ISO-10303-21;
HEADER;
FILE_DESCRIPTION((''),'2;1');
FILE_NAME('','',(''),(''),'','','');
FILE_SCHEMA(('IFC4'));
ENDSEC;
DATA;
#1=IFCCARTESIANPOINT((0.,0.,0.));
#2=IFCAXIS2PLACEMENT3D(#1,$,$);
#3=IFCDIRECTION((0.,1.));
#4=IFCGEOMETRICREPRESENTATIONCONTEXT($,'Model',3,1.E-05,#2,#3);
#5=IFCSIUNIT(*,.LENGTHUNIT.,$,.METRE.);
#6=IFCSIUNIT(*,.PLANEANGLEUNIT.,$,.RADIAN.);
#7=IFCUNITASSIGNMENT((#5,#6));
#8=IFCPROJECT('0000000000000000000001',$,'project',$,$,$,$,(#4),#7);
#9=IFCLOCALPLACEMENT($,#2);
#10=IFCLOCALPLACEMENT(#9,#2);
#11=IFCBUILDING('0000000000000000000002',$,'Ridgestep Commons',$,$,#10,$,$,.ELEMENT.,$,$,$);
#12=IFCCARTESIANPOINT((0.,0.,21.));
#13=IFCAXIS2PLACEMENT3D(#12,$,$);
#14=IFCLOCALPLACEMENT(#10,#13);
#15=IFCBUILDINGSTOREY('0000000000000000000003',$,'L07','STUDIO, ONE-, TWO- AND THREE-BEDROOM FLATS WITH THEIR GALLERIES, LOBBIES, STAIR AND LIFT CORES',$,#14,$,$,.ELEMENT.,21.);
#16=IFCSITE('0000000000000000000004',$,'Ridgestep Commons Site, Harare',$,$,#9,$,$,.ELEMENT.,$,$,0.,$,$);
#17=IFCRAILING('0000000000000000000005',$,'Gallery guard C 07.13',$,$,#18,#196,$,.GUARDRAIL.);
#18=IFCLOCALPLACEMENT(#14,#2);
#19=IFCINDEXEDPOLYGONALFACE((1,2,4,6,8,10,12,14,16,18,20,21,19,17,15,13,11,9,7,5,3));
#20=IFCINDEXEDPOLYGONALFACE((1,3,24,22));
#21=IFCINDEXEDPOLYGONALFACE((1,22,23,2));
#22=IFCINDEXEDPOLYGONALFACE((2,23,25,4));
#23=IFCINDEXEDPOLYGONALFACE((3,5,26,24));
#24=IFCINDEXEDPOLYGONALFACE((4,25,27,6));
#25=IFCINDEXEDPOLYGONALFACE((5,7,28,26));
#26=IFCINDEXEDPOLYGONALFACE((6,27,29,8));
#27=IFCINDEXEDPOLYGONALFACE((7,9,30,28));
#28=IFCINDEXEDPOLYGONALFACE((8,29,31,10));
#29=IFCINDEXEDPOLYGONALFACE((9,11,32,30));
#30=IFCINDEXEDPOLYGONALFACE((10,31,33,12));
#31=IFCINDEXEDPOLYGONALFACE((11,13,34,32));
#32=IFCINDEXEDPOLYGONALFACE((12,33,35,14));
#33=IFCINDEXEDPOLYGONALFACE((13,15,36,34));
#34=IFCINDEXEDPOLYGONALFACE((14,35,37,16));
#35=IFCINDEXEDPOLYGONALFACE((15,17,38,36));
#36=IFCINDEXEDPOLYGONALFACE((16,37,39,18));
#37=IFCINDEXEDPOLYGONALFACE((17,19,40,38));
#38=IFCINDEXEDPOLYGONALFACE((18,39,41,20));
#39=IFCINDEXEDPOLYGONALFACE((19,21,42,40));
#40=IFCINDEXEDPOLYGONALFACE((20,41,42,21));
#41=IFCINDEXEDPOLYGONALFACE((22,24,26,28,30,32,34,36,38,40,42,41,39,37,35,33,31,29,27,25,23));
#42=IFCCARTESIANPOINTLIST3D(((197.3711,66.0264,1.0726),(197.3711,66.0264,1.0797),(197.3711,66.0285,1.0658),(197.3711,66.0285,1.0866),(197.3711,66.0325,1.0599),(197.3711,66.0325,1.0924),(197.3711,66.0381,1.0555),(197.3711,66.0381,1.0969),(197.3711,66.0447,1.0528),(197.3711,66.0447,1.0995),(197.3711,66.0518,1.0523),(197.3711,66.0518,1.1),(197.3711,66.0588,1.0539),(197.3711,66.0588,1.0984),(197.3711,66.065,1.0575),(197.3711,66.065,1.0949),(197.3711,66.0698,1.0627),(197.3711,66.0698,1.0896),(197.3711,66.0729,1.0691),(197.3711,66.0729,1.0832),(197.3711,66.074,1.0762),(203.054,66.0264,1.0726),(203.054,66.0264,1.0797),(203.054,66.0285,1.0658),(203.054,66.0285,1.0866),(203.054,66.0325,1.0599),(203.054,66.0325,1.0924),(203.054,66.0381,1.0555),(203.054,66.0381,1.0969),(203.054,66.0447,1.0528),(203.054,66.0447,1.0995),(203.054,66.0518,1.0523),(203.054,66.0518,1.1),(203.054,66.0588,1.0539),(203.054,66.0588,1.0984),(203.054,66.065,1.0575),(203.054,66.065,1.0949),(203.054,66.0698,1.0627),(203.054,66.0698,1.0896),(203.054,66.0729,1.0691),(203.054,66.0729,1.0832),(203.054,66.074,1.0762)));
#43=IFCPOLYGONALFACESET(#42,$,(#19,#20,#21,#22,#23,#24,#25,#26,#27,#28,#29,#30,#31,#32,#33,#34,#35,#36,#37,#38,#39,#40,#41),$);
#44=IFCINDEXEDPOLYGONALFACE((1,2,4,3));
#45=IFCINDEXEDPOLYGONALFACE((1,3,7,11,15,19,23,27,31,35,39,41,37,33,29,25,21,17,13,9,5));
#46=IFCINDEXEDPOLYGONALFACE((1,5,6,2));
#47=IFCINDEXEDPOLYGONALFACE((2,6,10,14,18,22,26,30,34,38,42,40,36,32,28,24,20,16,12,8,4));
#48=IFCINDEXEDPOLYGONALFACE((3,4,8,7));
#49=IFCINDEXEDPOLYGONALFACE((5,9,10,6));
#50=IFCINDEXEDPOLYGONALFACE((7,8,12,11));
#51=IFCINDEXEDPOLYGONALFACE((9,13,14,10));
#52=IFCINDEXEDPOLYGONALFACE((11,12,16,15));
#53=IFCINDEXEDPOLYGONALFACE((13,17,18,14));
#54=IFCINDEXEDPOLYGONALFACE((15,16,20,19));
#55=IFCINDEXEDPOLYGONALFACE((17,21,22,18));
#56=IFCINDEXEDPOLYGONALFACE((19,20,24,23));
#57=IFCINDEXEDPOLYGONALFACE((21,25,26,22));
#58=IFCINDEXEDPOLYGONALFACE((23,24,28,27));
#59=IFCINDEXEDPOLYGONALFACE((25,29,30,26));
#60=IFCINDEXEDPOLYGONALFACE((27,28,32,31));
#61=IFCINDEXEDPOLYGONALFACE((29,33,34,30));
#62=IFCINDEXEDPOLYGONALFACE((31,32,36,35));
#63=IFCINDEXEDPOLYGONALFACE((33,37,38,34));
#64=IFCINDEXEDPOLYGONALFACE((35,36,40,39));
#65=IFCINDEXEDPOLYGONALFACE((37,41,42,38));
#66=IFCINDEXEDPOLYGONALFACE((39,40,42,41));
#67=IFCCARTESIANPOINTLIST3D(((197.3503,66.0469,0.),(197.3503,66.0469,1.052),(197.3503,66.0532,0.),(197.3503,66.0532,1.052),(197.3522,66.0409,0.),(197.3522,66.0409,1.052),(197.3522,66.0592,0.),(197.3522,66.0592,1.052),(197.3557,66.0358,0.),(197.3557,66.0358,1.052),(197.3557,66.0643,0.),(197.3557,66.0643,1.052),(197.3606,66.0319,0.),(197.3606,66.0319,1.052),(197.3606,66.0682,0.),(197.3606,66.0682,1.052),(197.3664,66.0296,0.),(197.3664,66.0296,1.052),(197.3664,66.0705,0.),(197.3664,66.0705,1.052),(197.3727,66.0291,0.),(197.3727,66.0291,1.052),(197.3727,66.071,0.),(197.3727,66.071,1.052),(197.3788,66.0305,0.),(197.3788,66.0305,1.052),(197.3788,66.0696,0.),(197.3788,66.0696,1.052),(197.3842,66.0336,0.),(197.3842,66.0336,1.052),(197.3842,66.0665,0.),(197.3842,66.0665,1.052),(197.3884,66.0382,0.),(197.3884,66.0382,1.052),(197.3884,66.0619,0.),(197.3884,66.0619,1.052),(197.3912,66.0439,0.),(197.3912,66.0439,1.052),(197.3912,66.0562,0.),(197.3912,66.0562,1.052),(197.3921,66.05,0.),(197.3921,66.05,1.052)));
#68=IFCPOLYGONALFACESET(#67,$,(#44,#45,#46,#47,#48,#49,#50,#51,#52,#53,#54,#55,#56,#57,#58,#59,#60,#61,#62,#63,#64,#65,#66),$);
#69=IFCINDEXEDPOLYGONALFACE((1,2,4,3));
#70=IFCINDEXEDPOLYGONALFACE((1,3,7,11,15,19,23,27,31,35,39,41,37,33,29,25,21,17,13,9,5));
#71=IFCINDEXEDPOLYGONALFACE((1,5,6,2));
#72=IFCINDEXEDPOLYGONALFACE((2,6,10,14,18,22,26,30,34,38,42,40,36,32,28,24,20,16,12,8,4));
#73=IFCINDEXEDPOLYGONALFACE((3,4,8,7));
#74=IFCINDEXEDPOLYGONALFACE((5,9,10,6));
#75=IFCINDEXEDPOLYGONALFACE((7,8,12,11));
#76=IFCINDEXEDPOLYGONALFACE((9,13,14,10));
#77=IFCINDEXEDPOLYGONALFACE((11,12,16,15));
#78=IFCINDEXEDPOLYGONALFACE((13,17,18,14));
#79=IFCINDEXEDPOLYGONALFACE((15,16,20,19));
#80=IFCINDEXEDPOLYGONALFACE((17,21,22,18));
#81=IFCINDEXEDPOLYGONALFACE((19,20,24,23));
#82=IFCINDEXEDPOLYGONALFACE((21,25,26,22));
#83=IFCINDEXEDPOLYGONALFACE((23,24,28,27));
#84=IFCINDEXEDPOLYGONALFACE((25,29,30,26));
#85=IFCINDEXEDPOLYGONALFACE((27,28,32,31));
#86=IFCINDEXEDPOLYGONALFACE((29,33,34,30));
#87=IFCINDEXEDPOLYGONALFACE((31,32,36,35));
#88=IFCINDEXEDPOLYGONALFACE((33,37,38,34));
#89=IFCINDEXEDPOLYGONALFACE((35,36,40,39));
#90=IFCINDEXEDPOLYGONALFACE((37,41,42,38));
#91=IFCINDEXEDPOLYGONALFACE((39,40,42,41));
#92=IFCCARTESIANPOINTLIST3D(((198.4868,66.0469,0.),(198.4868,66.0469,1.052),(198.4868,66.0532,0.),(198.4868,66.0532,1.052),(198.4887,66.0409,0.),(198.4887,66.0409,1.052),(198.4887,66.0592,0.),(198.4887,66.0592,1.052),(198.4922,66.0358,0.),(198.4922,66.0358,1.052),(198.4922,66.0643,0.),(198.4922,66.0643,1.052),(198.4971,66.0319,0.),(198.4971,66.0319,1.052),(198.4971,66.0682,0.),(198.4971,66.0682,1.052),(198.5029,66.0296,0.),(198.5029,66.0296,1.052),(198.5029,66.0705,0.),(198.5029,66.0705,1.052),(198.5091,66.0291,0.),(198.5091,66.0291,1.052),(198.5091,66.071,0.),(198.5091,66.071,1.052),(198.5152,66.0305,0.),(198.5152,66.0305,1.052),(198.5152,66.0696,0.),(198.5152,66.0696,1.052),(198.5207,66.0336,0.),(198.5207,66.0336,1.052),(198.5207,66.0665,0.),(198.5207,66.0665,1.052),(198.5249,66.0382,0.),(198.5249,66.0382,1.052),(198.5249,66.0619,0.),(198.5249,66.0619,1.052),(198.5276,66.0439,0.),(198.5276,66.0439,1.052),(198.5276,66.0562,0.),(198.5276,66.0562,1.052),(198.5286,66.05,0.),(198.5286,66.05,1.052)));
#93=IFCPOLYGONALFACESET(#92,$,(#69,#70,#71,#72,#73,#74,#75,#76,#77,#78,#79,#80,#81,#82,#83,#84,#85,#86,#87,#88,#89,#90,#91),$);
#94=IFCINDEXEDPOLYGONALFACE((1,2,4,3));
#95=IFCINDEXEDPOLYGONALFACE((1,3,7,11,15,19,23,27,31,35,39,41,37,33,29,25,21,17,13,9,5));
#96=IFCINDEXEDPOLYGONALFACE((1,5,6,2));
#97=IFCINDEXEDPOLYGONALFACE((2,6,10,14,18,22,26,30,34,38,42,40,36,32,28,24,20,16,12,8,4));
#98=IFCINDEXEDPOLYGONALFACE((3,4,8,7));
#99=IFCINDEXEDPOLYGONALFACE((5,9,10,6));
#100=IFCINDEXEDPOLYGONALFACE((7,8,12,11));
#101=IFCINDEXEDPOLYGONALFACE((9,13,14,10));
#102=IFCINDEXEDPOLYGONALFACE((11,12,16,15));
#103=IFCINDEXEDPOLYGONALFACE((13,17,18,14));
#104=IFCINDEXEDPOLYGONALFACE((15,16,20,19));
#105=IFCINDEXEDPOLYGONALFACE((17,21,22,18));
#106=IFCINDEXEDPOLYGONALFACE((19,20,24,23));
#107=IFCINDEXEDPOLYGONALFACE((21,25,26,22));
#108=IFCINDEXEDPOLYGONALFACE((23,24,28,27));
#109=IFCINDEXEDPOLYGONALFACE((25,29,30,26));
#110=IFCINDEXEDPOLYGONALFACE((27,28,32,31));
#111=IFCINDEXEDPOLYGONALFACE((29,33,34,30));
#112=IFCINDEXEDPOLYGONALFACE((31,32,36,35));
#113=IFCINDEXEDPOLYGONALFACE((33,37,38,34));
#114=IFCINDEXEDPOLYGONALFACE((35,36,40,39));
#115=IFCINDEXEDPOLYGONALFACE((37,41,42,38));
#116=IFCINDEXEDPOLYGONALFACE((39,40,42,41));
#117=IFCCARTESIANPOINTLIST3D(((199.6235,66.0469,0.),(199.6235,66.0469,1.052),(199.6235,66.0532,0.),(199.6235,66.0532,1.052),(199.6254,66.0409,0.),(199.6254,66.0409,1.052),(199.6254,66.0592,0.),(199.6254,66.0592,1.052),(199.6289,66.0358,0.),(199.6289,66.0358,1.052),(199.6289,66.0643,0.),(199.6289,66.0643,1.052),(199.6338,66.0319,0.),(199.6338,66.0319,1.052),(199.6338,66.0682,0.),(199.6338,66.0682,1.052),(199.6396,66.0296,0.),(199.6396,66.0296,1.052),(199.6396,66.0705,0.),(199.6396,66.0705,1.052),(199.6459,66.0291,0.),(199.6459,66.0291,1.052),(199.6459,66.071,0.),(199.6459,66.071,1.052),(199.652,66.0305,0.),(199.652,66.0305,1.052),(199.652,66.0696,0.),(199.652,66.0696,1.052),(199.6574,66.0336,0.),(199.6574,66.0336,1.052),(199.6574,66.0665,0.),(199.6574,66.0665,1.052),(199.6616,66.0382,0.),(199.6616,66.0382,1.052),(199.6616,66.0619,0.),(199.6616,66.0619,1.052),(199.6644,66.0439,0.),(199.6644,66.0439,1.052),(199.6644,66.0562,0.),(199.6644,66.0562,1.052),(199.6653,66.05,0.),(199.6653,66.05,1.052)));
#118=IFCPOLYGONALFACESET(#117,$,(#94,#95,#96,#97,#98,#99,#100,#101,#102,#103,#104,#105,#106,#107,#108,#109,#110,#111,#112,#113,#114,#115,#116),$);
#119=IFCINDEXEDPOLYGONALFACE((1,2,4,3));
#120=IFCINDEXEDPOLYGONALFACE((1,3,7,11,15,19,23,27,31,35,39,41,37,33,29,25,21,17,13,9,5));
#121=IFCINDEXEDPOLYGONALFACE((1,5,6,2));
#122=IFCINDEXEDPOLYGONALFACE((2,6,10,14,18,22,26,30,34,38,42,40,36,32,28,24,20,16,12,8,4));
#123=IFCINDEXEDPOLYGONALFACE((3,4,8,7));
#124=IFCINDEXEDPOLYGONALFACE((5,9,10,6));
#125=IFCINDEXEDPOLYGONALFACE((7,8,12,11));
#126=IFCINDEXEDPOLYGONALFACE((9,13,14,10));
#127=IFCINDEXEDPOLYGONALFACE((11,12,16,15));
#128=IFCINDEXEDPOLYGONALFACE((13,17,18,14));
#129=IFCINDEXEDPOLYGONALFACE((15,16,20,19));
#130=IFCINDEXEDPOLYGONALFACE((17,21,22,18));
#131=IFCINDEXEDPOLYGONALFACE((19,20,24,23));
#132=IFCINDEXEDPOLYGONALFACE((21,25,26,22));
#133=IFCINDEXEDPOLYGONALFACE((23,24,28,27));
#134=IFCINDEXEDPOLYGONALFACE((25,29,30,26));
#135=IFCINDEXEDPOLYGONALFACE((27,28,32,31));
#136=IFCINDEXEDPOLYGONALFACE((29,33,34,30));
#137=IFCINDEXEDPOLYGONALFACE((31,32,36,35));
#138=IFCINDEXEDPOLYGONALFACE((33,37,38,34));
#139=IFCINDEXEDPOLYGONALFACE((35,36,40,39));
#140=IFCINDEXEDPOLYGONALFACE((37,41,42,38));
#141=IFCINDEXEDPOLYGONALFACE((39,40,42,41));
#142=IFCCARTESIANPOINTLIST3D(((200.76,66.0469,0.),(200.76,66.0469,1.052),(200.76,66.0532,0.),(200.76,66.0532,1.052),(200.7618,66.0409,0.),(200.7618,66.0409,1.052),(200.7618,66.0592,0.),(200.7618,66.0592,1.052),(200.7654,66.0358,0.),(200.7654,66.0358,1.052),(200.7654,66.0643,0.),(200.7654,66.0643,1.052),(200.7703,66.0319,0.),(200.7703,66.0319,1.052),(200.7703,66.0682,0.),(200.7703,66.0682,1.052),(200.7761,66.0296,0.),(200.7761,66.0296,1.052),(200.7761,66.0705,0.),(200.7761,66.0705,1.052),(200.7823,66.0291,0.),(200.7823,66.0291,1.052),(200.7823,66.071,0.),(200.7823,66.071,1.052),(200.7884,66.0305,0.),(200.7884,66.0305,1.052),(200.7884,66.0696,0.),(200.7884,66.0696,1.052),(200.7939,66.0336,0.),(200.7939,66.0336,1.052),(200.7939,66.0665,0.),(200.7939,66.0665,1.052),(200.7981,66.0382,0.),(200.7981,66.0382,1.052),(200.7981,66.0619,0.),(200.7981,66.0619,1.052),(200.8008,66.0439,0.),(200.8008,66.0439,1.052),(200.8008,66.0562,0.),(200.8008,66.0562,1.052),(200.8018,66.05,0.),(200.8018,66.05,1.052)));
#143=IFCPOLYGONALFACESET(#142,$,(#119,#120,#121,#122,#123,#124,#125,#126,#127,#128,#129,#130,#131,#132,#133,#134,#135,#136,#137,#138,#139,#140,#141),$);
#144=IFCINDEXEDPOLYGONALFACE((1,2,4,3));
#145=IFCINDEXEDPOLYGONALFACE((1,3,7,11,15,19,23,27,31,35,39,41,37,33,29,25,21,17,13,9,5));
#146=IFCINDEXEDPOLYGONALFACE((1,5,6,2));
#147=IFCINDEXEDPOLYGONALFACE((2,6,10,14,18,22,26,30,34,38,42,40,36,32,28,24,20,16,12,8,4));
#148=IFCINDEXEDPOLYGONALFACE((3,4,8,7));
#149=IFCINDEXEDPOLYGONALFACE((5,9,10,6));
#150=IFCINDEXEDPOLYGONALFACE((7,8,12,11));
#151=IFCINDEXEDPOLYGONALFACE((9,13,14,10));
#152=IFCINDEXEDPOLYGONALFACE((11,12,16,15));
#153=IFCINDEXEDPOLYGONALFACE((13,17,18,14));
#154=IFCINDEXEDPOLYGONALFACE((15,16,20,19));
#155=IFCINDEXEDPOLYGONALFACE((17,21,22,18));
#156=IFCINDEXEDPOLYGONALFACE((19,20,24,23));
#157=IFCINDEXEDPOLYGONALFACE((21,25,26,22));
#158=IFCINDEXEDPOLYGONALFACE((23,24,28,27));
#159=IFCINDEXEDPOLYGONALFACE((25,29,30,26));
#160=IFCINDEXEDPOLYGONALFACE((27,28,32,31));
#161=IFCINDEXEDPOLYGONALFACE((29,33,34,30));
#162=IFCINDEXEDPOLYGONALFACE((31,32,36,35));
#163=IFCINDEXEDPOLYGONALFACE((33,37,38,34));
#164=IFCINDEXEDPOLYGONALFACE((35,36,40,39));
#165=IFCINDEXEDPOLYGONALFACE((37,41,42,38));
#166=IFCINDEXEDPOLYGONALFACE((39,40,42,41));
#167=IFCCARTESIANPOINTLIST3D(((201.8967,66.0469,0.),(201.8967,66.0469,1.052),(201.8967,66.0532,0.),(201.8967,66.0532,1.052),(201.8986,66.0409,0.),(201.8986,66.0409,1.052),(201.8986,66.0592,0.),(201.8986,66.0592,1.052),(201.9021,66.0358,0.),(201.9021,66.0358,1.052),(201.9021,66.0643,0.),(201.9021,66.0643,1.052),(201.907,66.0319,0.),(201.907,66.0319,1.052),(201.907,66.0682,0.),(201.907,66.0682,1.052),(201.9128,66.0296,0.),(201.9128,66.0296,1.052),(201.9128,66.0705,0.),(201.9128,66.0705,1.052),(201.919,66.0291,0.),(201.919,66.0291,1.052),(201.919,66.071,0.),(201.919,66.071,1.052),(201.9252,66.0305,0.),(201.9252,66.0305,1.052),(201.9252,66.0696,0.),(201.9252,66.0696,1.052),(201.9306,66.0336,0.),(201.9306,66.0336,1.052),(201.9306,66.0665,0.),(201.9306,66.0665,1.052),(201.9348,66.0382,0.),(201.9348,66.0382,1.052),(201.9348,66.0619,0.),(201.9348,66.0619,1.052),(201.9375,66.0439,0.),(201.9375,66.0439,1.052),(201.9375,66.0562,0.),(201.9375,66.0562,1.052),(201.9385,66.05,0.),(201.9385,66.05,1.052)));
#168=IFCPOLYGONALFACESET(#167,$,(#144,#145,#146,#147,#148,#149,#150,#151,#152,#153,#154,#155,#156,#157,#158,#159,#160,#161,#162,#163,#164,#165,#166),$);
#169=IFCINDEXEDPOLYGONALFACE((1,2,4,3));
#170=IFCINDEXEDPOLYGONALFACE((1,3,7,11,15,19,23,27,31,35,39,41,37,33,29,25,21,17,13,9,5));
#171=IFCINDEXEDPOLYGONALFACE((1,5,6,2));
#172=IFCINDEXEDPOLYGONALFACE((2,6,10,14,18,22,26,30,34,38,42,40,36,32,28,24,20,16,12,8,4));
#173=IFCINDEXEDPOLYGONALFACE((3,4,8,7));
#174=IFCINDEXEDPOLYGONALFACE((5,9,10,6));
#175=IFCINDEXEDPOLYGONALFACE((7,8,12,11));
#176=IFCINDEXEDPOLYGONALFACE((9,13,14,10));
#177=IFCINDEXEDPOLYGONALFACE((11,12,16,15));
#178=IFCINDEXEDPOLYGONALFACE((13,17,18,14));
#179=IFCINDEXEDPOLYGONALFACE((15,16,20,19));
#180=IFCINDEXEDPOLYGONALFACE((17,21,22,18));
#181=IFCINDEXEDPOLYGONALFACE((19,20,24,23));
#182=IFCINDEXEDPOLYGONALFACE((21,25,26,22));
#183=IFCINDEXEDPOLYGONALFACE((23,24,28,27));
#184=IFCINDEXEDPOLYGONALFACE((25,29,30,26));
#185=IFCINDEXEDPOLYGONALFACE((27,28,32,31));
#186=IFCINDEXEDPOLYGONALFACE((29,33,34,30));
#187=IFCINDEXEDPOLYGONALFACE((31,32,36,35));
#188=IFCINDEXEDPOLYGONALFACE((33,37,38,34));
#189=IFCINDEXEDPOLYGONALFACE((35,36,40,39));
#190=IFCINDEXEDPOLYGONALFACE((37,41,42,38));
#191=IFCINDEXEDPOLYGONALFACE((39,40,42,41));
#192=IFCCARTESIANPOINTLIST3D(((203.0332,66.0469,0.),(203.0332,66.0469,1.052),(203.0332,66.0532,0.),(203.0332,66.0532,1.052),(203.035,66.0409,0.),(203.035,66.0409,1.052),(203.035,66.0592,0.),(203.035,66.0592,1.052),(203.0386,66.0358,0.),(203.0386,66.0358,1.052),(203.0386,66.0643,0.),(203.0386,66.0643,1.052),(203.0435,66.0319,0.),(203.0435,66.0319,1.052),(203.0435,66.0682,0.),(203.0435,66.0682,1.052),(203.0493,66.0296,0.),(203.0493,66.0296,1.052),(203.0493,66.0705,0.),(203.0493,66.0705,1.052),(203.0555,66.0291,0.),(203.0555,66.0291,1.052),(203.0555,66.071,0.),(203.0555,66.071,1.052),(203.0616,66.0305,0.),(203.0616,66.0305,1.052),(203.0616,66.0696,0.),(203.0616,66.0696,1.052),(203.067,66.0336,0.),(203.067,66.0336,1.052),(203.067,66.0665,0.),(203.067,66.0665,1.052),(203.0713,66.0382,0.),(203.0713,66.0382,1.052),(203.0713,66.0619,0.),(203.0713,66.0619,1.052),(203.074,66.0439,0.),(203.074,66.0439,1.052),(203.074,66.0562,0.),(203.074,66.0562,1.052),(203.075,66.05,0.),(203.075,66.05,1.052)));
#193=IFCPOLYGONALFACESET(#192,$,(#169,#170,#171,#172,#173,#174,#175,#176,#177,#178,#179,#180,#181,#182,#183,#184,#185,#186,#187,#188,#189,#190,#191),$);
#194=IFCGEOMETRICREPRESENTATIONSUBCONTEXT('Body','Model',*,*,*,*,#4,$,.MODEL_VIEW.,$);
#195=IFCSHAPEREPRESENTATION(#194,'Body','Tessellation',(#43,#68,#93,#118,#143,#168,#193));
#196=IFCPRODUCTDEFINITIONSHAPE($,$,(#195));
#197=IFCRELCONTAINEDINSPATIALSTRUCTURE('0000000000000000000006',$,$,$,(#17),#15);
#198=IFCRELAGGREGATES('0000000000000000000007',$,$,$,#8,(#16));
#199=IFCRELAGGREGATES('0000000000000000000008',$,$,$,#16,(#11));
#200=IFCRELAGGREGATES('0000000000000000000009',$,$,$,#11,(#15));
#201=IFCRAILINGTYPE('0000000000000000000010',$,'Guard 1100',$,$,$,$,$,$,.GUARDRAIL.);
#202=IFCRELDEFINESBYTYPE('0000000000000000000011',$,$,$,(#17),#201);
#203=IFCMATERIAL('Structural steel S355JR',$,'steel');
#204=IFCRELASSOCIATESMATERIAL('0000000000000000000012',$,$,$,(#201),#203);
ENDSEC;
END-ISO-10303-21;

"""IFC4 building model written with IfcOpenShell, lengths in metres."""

from ifc_helpers import new_model, si_unit, direction, frame, origin, origin_2d, place, context, subcontext, project, spatial, circle, extrude, material, type_object, element, save


model = new_model("IFC4")

# Units and contexts
model_context = context("Model", 3, precision=1e-05, world=origin(), true_north=direction((0.0, 1.0)))
body_context = subcontext(model_context, "Body", "Model", "MODEL_VIEW")
ifc_project = project(units=[si_unit("LENGTHUNIT", "METRE"), si_unit("PLANEANGLEUNIT", "RADIAN")], contexts=[model_context])

# Site, building, storey
site_placement = place(None, origin())
site = spatial("IfcSite", under=ifc_project, at=site_placement, Name="Ridgestep Commons Site, Harare", CompositionType="ELEMENT", RefElevation=0.0)
building_placement = place(site_placement, origin())
building = spatial("IfcBuilding", under=site, at=building_placement, Name="Ridgestep Commons", CompositionType="ELEMENT")
storey_placement = place(building_placement, frame((0.0, 0.0, 21.0)))
storey = spatial("IfcBuildingStorey", under=building, at=storey_placement, Name="L07", Description="STUDIO, ONE-, TWO- AND THREE-BEDROOM FLATS WITH THEIR GALLERIES, LOBBIES, STAIR AND LIFT CORES", CompositionType="ELEMENT", Elevation=21.0)

# Railing
ifc_material_1 = material(Name="Structural steel S355JR", Category="steel")
railing_type = type_object("IfcRailingType", Name="Guard 1100", PredefinedType="GUARDRAIL", material=ifc_material_1)
railing_1_placement = place(storey_placement, frame((197.3711, 66.05, 0.0)))
element("IfcRailing", 1, at=railing_1_placement, inside=storey, type_object=railing_type, Name="Gallery guard C 07.13", PredefinedType="GUARDRAIL", context=body_context, shape_type="SweptSolid", body=[
    extrude(circle(Radius=0.0239, at=origin_2d()), frame((0.0, 0.0, 1.0762), z_axis=(1.0, 0.0, 0.0), x_axis=(0.0, 1.0, 0.0)), (0.0, 0.0, 1.0), 5.6829),
    extrude(circle(Radius=0.021, at=origin_2d()), origin(), (0.0, 0.0, 1.0), 1.052),
    extrude(circle(Radius=0.021, at=origin_2d()), frame((1.1365, 0.0, 0.0)), (0.0, 0.0, 1.0), 1.052),
    extrude(circle(Radius=0.021, at=origin_2d()), frame((2.2732, 0.0, 0.0)), (0.0, 0.0, 1.0), 1.052),
    extrude(circle(Radius=0.021, at=origin_2d()), frame((3.4097, 0.0, 0.0)), (0.0, 0.0, 1.0), 1.052),
    extrude(circle(Radius=0.021, at=origin_2d()), frame((4.5464, 0.0, 0.0)), (0.0, 0.0, 1.0), 1.052),
    extrude(circle(Radius=0.021, at=origin_2d()), frame((5.6829, 0.0, 0.0)), (0.0, 0.0, 1.0), 1.052),
])

save(model, "model.ifc")
